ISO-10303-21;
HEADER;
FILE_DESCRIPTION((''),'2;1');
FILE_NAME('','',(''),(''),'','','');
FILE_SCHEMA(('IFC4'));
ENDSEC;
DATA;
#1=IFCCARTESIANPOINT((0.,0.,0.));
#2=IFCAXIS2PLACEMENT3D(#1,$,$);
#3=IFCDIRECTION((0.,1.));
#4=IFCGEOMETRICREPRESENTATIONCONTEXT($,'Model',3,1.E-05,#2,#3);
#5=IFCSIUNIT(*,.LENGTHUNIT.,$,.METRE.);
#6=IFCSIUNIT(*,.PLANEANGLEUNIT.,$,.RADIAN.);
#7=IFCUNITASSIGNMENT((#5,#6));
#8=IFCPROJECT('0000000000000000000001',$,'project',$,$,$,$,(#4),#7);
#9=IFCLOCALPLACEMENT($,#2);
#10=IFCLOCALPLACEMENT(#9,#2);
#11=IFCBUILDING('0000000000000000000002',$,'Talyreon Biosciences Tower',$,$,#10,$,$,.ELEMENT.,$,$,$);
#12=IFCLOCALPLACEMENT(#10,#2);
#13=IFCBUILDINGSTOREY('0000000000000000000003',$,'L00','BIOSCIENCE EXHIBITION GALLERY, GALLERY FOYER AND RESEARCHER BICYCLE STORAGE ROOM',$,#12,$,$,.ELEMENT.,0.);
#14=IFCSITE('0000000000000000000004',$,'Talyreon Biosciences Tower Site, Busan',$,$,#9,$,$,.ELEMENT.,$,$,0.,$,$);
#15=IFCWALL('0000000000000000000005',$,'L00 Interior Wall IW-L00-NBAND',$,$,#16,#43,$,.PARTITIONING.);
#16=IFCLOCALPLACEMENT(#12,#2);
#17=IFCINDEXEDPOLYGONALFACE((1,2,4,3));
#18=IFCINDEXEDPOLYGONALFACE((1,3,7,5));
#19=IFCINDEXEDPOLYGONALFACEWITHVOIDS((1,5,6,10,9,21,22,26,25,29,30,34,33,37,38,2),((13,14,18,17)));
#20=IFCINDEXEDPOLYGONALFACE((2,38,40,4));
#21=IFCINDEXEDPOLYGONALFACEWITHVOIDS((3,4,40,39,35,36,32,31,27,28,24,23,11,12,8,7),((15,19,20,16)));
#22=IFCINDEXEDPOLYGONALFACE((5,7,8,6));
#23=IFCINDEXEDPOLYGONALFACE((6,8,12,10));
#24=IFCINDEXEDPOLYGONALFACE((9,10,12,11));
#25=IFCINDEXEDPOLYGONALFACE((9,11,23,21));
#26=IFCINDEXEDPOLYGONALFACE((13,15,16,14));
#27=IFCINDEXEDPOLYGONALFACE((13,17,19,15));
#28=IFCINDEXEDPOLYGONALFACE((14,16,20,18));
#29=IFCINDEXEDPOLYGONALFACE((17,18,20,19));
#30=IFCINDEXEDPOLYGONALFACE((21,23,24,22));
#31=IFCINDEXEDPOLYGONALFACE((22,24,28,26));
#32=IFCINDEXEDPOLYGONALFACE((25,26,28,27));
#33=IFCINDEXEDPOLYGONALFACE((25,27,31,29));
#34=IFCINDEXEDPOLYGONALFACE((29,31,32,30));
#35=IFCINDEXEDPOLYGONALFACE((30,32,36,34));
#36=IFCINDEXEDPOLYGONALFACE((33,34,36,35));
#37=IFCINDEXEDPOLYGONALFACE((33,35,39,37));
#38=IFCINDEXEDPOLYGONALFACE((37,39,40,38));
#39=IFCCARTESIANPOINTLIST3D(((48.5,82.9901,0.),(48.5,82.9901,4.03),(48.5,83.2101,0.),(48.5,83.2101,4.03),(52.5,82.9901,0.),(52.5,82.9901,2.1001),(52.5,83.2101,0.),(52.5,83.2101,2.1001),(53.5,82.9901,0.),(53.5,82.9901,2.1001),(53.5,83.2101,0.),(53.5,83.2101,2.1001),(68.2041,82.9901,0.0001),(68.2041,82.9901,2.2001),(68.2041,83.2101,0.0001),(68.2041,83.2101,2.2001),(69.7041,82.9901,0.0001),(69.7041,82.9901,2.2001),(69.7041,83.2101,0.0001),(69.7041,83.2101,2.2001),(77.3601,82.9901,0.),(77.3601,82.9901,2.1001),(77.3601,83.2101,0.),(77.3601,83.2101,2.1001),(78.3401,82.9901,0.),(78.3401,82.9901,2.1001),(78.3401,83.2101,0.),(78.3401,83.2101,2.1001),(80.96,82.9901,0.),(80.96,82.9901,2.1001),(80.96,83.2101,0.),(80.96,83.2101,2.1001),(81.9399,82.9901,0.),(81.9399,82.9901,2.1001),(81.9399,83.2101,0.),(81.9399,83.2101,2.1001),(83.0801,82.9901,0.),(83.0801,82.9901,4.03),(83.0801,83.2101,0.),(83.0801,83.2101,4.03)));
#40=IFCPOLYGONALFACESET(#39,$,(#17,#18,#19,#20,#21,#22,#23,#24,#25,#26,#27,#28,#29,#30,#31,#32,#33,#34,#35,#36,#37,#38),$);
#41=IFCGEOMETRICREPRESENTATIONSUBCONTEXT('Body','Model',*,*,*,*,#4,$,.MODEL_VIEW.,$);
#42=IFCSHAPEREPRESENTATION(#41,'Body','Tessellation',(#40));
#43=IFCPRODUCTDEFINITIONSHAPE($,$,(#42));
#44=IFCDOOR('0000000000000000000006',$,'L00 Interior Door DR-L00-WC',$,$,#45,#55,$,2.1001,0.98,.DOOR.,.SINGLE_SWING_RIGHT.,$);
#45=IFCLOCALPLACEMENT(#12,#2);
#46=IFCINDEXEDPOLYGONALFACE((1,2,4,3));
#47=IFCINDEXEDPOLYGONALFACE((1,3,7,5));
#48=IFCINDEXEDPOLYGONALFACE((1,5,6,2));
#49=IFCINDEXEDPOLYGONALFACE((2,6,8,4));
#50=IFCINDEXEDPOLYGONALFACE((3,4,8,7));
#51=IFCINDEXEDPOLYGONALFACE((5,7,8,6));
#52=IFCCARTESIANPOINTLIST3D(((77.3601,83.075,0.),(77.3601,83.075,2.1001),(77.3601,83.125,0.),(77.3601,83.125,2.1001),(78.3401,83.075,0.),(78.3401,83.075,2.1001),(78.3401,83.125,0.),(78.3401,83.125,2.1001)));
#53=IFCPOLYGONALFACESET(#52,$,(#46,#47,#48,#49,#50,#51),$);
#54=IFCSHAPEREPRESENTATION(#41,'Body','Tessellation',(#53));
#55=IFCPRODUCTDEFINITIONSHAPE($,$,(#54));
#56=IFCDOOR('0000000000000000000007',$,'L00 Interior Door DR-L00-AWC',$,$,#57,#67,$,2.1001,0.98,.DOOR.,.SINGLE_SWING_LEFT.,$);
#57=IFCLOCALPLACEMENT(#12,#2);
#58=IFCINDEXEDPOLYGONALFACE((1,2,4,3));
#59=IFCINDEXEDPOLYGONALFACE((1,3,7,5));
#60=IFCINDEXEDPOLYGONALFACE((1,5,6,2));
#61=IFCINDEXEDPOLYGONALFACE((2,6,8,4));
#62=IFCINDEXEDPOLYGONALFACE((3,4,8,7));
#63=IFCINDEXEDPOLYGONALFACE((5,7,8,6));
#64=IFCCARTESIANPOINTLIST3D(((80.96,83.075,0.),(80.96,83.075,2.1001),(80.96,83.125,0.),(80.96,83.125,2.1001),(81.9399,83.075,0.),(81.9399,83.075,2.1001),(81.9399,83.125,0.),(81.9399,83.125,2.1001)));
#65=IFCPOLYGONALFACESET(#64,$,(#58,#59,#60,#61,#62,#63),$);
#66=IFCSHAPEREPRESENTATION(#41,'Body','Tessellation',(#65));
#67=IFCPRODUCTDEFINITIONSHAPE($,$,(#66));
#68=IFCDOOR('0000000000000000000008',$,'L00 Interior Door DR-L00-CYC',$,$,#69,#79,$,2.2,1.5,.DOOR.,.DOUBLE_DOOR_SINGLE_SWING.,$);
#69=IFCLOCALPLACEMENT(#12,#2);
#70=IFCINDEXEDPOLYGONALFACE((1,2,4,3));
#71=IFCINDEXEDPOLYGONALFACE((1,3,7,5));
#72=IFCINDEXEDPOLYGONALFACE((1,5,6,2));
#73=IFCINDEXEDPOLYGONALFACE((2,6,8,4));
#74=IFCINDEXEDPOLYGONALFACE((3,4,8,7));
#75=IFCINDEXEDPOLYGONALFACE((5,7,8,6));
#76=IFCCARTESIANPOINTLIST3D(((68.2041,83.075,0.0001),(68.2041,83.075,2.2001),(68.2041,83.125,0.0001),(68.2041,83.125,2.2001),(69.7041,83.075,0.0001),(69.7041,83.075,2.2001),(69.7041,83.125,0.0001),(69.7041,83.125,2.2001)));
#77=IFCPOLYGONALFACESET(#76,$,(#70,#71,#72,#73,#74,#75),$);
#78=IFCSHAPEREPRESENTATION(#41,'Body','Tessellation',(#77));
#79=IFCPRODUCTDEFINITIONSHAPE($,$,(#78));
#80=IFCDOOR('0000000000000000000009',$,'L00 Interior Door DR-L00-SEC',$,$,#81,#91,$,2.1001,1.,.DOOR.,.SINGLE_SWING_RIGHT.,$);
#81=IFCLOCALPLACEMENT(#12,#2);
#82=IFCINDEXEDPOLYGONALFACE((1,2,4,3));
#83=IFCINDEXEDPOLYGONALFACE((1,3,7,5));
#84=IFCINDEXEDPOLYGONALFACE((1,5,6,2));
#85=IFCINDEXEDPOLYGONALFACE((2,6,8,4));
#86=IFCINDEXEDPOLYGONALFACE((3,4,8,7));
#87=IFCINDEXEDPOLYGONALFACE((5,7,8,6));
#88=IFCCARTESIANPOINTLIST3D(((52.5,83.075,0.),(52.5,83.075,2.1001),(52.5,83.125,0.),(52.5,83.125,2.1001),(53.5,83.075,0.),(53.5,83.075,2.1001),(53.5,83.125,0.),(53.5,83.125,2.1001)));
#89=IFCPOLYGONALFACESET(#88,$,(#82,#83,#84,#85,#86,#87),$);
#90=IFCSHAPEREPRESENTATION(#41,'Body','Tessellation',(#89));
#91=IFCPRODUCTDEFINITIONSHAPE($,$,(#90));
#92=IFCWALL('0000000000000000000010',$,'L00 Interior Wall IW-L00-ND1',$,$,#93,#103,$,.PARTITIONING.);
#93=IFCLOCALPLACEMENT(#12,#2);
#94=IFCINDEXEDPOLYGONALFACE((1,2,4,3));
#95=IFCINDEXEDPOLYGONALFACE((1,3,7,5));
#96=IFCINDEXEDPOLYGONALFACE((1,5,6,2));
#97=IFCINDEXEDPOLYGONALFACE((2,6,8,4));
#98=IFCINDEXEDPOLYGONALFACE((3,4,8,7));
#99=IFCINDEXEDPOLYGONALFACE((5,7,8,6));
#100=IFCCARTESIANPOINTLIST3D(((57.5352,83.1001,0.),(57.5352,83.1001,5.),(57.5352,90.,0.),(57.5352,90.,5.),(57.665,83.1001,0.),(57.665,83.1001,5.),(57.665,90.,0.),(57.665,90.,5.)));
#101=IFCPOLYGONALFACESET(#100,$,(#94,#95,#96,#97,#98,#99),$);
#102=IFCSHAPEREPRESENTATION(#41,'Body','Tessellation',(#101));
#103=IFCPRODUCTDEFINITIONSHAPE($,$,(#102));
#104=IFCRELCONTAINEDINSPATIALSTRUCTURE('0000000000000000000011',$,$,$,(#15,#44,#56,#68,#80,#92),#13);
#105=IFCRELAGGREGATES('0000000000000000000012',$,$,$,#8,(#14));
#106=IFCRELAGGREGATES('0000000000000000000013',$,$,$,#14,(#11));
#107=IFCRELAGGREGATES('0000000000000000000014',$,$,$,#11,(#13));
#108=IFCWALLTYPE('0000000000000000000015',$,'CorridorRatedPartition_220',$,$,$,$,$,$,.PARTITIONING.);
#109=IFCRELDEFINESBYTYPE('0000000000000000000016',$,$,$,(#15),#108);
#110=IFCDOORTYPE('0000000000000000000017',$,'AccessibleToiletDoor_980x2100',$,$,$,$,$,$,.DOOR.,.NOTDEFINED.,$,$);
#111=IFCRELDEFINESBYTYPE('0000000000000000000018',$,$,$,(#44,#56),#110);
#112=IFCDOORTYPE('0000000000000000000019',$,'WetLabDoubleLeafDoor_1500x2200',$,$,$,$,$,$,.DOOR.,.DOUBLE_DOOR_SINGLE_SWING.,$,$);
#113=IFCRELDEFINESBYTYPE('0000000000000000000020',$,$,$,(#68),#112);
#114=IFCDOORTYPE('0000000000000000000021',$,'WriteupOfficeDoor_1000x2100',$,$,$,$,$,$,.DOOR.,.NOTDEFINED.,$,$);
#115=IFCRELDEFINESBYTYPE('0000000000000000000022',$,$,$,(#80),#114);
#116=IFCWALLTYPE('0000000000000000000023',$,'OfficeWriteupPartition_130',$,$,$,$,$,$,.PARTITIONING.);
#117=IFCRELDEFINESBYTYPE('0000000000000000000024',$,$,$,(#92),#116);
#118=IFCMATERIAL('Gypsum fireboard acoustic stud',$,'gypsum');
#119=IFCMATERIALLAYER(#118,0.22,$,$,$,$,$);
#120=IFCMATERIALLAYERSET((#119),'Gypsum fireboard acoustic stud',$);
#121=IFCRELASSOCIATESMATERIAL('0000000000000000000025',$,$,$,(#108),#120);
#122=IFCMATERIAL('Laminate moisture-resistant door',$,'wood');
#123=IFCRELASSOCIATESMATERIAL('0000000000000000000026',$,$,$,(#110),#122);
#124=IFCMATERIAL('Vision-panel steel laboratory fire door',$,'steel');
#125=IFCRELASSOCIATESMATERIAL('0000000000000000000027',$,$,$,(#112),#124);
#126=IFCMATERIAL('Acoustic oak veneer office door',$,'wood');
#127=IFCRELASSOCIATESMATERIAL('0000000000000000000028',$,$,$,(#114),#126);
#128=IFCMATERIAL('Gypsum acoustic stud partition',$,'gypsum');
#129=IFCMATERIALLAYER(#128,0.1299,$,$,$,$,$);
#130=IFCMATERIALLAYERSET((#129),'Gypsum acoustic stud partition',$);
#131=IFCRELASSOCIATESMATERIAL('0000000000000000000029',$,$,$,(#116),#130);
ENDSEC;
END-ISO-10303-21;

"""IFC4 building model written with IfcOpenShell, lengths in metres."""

from ifc_helpers import new_model, si_unit, direction, frame, frame_2d, origin, place, context, subcontext, project, spatial, rectangle, extrude, material, layer, layer_set, type_object, element, fill, save


model = new_model("IFC4")

# Units and contexts
model_context = context("Model", 3, precision=1e-05, world=origin(), true_north=direction((0.0, 1.0)))
body_context = subcontext(model_context, "Body", "Model", "MODEL_VIEW")
ifc_project = project(units=[si_unit("LENGTHUNIT", "METRE"), si_unit("PLANEANGLEUNIT", "RADIAN")], contexts=[model_context])

# Site, building, storey
site_placement = place(None, origin())
site = spatial("IfcSite", under=ifc_project, at=site_placement, Name="Talyreon Biosciences Tower Site, Busan", CompositionType="ELEMENT", RefElevation=0.0)
building_placement = place(site_placement, origin())
building = spatial("IfcBuilding", under=site, at=building_placement, Name="Talyreon Biosciences Tower", CompositionType="ELEMENT")
storey_placement = place(building_placement, origin())
storey = spatial("IfcBuildingStorey", under=building, at=storey_placement, Name="L00", Description="BIOSCIENCE EXHIBITION GALLERY, GALLERY FOYER AND RESEARCHER BICYCLE STORAGE ROOM", CompositionType="ELEMENT", Elevation=0.0)

# Wall, openings, doors
ifc_material_1 = material(Name="Gypsum fireboard acoustic stud", Category="gypsum")
ifc_layer_1 = layer(ifc_material_1, 0.22)
ifc_layer_set_1 = layer_set([ifc_layer_1], Name="Gypsum fireboard acoustic stud")
wall_type_1 = type_object("IfcWallType", Name="CorridorRatedPartition_220", PredefinedType="PARTITIONING", material=ifc_layer_set_1)
wall_1_placement = place(storey_placement, frame((48.5, 83.1001, 0.0), z_axis=(0.0, 0.0, 1.0), x_axis=(1.0, 0.0, 0.0)))
wall_1 = element("IfcWall", 1, at=wall_1_placement, inside=storey, type_object=wall_type_1, Name="L00 Interior Wall IW-L00-NBAND", PredefinedType="PARTITIONING", context=body_context, shape_type="SweptSolid", body=[
    extrude(rectangle(XDim=34.5801, YDim=0.22, at=frame_2d((17.29, 0.0))), origin(), (0.0, 0.0, 1.0), 4.03),
])
opening_1_placement = place(wall_1_placement, frame((4.0, 0.0, 0.0)))
opening_1 = element("IfcOpeningElement", 2, at=opening_1_placement, cuts=wall_1, PredefinedType="OPENING", context=body_context, shape_type="SweptSolid", body=[
    extrude(rectangle(XDim=1.0, YDim=2.1001, at=frame_2d((0.5, 1.05))), frame((0.0, 0.1199, 0.0), z_axis=(0.0, -1.0, 0.0), x_axis=(1.0, 0.0, 0.0)), (0.0, 0.0, 1.0), 0.24),
])
opening_2_placement = place(wall_1_placement, frame((19.7041, 0.0, 0.0)))
opening_2 = element("IfcOpeningElement", 3, at=opening_2_placement, cuts=wall_1, PredefinedType="OPENING", context=body_context, shape_type="SweptSolid", body=[
    extrude(rectangle(XDim=1.5, YDim=2.2, at=frame_2d((0.75, 1.1001))), frame((0.0, 0.1199, 0.0), z_axis=(0.0, -1.0, 0.0), x_axis=(1.0, 0.0, 0.0)), (0.0, 0.0, 1.0), 0.24),
])
opening_3_placement = place(wall_1_placement, frame((28.8601, 0.0, 0.0)))
opening_3 = element("IfcOpeningElement", 4, at=opening_3_placement, cuts=wall_1, PredefinedType="OPENING", context=body_context, shape_type="SweptSolid", body=[
    extrude(rectangle(XDim=0.98, YDim=2.1001, at=frame_2d((0.49, 1.05))), frame((0.0, 0.1199, 0.0), z_axis=(0.0, -1.0, 0.0), x_axis=(1.0, 0.0, 0.0)), (0.0, 0.0, 1.0), 0.24),
])
opening_4_placement = place(wall_1_placement, frame((32.46, 0.0, 0.0)))
opening_4 = element("IfcOpeningElement", 5, at=opening_4_placement, cuts=wall_1, PredefinedType="OPENING", context=body_context, shape_type="SweptSolid", body=[
    extrude(rectangle(XDim=0.98, YDim=2.1001, at=frame_2d((0.49, 1.05))), frame((0.0, 0.1199, 0.0), z_axis=(0.0, -1.0, 0.0), x_axis=(1.0, 0.0, 0.0)), (0.0, 0.0, 1.0), 0.24),
])
ifc_material_2 = material(Name="Laminate moisture-resistant door", Category="wood")
door_type_1 = type_object("IfcDoorType", Name="AccessibleToiletDoor_980x2100", OperationType="NOTDEFINED", PredefinedType="DOOR", material=ifc_material_2)
door_1_placement = place(opening_3_placement, origin())
door_1 = element("IfcDoor", 6, at=door_1_placement, inside=storey, type_object=door_type_1, Name="L00 Interior Door DR-L00-WC", OperationType="SINGLE_SWING_RIGHT", OverallHeight=2.1001, OverallWidth=0.98, PredefinedType="DOOR", context=body_context, shape_type="SweptSolid", body=[
    extrude(rectangle(XDim=0.98, YDim=2.1001, at=frame_2d((0.49, 1.05))), frame((0.0, 0.0249, 0.0), z_axis=(0.0, -1.0, 0.0), x_axis=(1.0, 0.0, 0.0)), (0.0, 0.0, 1.0), 0.05),
])
fill(opening_3, door_1)
door_2_placement = place(opening_4_placement, origin())
door_2 = element("IfcDoor", 7, at=door_2_placement, inside=storey, type_object=door_type_1, Name="L00 Interior Door DR-L00-AWC", OperationType="SINGLE_SWING_LEFT", OverallHeight=2.1001, OverallWidth=0.98, PredefinedType="DOOR", context=body_context, shape_type="SweptSolid", body=[
    extrude(rectangle(XDim=0.98, YDim=2.1001, at=frame_2d((0.49, 1.05))), frame((0.0, 0.0249, 0.0), z_axis=(0.0, -1.0, 0.0), x_axis=(1.0, 0.0, 0.0)), (0.0, 0.0, 1.0), 0.05),
])
fill(opening_4, door_2)
ifc_material_3 = material(Name="Vision-panel steel laboratory fire door", Category="steel")
door_type_2 = type_object("IfcDoorType", Name="WetLabDoubleLeafDoor_1500x2200", OperationType="DOUBLE_DOOR_SINGLE_SWING", PredefinedType="DOOR", material=ifc_material_3)
door_3_placement = place(opening_2_placement, origin())
door_3 = element("IfcDoor", 8, at=door_3_placement, inside=storey, type_object=door_type_2, Name="L00 Interior Door DR-L00-CYC", OperationType="DOUBLE_DOOR_SINGLE_SWING", OverallHeight=2.2, OverallWidth=1.5, PredefinedType="DOOR", context=body_context, shape_type="SweptSolid", body=[
    extrude(rectangle(XDim=1.5, YDim=2.2, at=frame_2d((0.75, 1.1001))), frame((0.0, 0.0249, 0.0), z_axis=(0.0, -1.0, 0.0), x_axis=(1.0, 0.0, 0.0)), (0.0, 0.0, 1.0), 0.05),
])
fill(opening_2, door_3)
ifc_material_4 = material(Name="Acoustic oak veneer office door", Category="wood")
door_type_3 = type_object("IfcDoorType", Name="WriteupOfficeDoor_1000x2100", OperationType="NOTDEFINED", PredefinedType="DOOR", material=ifc_material_4)
door_4_placement = place(opening_1_placement, origin())
door_4 = element("IfcDoor", 9, at=door_4_placement, inside=storey, type_object=door_type_3, Name="L00 Interior Door DR-L00-SEC", OperationType="SINGLE_SWING_RIGHT", OverallHeight=2.1001, OverallWidth=1.0, PredefinedType="DOOR", context=body_context, shape_type="SweptSolid", body=[
    extrude(rectangle(XDim=1.0, YDim=2.1001, at=frame_2d((0.5, 1.05))), frame((0.0, 0.0249, 0.0), z_axis=(0.0, -1.0, 0.0), x_axis=(1.0, 0.0, 0.0)), (0.0, 0.0, 1.0), 0.05),
])
fill(opening_1, door_4)

# Wall
ifc_material_5 = material(Name="Gypsum acoustic stud partition", Category="gypsum")
ifc_layer_2 = layer(ifc_material_5, 0.1299)
ifc_layer_set_2 = layer_set([ifc_layer_2], Name="Gypsum acoustic stud partition")
wall_type_2 = type_object("IfcWallType", Name="OfficeWriteupPartition_130", PredefinedType="PARTITIONING", material=ifc_layer_set_2)
wall_2_placement = place(storey_placement, frame((57.6001, 83.1001, 0.0), z_axis=(0.0, 0.0, 1.0), x_axis=(0.0, 1.0, 0.0)))
element("IfcWall", 10, at=wall_2_placement, inside=storey, type_object=wall_type_2, Name="L00 Interior Wall IW-L00-ND1", PredefinedType="PARTITIONING", context=body_context, shape_type="SweptSolid", body=[
    extrude(rectangle(XDim=6.8999, YDim=0.1299, at=frame_2d((3.45, 0.0))), origin(), (0.0, 0.0, 1.0), 5.0),
])

save(model, "model.ifc")
